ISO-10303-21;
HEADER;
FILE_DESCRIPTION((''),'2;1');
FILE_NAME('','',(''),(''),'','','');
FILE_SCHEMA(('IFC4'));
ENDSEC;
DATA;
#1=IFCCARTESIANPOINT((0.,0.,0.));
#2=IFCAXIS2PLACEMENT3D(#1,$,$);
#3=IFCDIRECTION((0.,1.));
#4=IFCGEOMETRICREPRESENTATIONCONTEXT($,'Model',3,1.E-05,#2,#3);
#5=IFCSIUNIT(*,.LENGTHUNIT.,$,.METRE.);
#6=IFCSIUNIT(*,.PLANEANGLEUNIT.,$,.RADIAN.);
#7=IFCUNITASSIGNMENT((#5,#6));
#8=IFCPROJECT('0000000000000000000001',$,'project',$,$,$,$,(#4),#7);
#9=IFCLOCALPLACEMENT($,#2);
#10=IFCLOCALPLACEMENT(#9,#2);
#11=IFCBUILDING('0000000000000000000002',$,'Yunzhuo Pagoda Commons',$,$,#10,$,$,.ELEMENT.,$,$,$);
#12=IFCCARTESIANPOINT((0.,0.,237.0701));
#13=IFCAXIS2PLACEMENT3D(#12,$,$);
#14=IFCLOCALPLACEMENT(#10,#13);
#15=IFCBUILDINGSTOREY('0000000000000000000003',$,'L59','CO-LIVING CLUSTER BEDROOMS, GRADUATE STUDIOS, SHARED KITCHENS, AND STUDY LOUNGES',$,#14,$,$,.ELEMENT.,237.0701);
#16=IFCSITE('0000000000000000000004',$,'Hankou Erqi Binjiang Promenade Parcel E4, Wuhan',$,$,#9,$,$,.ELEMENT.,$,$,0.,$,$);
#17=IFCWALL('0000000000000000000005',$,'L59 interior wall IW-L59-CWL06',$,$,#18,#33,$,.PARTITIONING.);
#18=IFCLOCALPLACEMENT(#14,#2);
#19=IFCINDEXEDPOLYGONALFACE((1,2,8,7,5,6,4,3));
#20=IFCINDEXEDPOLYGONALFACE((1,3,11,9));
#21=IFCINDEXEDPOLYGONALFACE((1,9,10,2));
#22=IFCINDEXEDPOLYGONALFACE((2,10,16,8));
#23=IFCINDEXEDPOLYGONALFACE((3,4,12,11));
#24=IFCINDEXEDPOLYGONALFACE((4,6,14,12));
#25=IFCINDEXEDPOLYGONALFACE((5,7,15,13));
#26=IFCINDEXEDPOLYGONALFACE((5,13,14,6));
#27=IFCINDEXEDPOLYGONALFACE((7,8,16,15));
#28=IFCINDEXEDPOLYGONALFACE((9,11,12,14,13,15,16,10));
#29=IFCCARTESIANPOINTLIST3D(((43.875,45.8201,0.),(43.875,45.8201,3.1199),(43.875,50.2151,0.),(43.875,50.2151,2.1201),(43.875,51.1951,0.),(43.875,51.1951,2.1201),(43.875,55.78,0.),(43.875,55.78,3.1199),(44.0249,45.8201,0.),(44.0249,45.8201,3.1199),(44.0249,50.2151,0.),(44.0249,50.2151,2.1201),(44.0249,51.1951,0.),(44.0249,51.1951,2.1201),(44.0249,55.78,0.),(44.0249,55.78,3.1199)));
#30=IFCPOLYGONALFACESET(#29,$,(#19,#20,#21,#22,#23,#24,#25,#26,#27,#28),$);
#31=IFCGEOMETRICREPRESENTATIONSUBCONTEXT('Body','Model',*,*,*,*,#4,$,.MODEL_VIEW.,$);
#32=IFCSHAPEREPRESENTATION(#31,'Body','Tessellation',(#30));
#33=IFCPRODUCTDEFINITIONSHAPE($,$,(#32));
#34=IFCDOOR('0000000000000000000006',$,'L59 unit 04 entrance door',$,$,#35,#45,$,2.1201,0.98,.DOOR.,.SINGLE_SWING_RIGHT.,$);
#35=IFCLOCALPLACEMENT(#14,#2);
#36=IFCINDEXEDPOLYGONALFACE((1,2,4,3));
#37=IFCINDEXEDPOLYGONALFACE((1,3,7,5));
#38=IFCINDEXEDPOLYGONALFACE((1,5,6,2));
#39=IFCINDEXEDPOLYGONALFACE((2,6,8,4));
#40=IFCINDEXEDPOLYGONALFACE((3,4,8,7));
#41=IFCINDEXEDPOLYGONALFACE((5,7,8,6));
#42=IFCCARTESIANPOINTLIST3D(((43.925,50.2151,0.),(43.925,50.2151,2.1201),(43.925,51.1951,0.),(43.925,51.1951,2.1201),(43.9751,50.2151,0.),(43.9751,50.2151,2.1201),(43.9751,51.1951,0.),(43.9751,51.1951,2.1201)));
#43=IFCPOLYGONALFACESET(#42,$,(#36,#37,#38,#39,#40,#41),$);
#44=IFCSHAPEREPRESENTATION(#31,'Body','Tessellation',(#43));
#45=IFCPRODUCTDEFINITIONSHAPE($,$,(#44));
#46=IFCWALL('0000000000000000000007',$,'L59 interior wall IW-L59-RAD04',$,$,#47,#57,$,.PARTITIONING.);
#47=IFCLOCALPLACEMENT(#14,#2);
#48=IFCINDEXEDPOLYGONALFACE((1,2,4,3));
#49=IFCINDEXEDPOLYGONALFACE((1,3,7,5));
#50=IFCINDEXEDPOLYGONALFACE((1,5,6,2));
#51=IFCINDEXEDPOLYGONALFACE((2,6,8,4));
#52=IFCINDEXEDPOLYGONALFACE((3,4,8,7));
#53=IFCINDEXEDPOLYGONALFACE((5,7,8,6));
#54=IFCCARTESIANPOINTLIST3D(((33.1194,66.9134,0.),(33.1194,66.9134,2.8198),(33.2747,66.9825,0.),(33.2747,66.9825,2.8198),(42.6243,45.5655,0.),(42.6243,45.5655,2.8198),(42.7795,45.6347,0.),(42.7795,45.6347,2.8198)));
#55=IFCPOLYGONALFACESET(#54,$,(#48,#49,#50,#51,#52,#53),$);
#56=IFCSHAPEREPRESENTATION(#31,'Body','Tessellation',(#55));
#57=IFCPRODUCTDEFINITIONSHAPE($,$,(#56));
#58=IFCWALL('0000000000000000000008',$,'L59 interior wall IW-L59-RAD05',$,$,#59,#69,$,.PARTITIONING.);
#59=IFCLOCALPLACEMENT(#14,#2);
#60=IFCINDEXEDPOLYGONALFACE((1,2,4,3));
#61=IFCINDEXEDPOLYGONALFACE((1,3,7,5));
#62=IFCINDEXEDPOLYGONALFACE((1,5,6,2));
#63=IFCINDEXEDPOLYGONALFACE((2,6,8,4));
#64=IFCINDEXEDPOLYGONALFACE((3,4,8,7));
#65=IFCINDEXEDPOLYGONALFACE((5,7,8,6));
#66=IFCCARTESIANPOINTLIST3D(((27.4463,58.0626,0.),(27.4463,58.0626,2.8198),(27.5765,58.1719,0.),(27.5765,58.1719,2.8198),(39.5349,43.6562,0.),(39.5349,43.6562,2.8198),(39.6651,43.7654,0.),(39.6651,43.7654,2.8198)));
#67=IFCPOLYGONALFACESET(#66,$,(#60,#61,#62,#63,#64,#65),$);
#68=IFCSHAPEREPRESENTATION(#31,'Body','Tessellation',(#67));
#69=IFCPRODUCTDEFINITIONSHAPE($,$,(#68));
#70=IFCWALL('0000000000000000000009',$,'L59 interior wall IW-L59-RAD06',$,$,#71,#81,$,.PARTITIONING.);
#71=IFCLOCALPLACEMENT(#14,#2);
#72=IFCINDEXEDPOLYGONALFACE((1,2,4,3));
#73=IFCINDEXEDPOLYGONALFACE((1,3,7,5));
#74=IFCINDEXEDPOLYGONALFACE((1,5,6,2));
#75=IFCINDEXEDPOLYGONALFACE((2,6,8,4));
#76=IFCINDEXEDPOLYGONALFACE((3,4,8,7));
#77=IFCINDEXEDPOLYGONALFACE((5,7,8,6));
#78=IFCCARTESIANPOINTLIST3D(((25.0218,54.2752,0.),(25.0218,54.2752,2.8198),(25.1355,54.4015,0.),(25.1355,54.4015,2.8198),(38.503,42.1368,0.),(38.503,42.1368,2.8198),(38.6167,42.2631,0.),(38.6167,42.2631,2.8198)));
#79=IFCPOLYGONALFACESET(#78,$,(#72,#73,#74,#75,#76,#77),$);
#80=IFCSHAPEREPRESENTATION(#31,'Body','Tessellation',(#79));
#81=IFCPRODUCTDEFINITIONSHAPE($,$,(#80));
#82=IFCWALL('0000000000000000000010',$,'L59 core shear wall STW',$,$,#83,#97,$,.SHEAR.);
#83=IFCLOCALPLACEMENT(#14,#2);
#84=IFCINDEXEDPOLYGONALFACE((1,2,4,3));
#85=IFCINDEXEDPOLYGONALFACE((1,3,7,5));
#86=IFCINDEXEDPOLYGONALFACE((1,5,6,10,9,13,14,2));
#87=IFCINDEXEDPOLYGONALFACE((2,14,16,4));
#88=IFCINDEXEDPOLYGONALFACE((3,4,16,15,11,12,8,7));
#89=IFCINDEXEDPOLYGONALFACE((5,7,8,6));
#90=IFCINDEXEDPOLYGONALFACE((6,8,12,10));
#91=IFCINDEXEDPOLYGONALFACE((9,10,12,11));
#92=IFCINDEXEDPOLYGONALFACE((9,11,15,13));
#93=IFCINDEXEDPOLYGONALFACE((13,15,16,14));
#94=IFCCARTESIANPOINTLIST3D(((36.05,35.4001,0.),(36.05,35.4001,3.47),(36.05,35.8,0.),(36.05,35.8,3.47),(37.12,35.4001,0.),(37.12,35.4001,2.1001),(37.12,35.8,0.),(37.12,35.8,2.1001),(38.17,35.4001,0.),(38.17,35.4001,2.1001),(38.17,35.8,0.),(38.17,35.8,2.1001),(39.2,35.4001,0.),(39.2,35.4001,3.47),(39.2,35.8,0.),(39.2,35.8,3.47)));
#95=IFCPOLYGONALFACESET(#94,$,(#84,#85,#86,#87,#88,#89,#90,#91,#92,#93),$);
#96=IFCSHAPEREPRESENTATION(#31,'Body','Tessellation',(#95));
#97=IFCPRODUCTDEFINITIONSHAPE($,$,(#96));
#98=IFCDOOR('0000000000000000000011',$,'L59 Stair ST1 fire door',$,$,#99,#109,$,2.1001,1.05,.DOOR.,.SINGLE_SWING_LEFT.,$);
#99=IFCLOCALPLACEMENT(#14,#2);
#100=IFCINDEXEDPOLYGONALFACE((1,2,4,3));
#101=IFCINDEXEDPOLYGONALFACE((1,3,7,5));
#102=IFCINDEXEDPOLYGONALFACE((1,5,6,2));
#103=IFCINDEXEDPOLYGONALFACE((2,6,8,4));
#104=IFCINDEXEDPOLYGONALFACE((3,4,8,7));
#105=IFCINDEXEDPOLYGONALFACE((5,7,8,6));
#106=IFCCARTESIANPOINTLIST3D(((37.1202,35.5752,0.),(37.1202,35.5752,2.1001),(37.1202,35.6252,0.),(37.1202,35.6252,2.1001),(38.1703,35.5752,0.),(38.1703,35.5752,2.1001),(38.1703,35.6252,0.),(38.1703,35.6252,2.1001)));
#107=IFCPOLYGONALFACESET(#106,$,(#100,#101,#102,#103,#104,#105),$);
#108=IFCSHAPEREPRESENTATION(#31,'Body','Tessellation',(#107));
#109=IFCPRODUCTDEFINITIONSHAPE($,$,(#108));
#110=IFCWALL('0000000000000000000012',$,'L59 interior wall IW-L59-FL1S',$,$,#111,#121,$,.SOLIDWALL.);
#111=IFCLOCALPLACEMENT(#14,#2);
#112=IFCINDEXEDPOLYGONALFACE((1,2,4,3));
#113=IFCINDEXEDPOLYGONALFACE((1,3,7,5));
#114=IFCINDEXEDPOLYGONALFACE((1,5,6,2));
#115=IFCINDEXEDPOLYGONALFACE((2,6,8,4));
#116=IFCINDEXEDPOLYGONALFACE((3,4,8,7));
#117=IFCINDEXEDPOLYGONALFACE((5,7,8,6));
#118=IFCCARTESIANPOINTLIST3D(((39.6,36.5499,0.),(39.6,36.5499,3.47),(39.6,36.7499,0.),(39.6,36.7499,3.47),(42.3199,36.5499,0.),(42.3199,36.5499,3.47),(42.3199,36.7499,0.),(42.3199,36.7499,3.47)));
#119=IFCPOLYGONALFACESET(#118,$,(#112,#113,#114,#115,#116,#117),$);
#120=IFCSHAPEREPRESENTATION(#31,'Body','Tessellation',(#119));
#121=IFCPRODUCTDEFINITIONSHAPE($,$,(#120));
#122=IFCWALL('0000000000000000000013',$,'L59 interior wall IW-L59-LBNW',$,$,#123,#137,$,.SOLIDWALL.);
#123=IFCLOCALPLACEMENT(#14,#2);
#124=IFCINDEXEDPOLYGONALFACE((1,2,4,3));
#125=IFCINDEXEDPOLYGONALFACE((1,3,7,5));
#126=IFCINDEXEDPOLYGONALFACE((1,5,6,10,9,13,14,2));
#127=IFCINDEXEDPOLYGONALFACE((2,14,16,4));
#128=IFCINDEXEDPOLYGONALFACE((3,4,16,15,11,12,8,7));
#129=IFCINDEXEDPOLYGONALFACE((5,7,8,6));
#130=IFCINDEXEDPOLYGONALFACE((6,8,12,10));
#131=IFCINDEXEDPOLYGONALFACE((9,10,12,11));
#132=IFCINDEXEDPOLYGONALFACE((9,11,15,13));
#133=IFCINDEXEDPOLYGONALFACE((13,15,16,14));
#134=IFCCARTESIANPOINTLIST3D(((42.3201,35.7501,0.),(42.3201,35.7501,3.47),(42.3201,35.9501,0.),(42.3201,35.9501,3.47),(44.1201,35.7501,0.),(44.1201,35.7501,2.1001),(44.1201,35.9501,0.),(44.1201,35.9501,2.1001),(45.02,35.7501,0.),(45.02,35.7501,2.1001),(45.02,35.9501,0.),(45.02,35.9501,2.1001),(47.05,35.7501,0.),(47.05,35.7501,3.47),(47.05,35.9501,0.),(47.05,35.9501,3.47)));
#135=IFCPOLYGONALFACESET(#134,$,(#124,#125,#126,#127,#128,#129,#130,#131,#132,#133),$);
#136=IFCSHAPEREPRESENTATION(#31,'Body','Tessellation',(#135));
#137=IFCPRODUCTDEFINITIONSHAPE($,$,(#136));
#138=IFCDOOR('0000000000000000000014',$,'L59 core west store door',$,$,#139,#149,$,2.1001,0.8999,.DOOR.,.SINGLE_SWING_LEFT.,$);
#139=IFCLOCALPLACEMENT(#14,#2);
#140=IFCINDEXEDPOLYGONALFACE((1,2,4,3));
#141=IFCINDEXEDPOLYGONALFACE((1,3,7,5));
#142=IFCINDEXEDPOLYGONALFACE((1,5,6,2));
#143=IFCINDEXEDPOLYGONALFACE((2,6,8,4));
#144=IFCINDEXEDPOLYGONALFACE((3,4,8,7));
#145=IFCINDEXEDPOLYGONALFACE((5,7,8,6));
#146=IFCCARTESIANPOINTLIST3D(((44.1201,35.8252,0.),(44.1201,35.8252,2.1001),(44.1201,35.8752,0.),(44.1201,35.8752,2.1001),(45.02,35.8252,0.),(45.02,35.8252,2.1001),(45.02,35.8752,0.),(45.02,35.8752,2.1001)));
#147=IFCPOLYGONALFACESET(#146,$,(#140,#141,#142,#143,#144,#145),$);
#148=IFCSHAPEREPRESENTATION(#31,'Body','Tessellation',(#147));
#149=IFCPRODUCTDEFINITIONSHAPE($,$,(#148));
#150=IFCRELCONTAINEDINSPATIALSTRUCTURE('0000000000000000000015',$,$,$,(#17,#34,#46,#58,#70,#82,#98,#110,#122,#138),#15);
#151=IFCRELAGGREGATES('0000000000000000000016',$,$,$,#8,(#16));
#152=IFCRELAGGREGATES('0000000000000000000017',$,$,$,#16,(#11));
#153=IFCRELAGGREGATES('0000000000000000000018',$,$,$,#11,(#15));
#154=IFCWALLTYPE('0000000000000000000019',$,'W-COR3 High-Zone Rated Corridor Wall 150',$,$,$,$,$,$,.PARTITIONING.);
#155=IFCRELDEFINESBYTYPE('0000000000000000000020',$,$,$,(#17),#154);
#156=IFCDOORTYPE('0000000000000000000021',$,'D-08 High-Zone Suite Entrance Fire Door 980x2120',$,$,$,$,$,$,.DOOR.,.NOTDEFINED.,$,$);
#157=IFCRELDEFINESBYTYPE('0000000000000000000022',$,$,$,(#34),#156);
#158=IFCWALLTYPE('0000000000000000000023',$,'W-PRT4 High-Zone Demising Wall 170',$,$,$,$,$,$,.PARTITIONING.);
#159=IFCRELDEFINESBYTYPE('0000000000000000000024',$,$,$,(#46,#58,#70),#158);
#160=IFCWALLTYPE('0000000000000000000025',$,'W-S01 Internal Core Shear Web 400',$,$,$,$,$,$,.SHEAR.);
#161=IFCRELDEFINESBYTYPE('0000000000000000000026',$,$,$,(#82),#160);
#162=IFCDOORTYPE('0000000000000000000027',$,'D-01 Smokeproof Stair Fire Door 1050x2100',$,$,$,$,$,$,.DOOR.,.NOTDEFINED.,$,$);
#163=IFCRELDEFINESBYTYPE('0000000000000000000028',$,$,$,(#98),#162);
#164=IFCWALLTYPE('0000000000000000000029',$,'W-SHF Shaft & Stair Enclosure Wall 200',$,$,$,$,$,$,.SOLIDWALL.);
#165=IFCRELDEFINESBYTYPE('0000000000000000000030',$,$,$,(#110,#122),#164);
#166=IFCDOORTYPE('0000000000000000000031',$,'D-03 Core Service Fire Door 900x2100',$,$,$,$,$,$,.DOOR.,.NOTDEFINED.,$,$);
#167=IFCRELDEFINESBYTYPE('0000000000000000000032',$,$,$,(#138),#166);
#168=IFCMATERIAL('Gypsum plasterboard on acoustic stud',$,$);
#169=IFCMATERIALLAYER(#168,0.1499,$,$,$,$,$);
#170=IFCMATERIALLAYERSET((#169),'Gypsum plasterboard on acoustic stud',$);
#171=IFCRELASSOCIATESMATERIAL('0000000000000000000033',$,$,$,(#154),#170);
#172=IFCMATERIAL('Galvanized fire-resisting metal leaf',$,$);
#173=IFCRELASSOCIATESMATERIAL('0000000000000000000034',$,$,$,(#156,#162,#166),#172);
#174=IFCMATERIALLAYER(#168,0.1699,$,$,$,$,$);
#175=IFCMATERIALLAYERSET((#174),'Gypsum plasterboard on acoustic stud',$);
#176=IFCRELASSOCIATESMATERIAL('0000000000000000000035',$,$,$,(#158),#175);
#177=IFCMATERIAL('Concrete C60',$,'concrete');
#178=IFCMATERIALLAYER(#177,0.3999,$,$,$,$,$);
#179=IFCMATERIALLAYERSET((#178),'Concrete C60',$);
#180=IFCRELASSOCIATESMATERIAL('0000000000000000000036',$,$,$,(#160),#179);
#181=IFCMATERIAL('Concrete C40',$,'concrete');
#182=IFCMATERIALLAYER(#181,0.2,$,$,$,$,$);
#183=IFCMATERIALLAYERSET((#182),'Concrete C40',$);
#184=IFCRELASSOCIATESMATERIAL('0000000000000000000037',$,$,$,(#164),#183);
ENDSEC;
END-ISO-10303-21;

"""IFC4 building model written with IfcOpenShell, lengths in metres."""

from ifc_helpers import new_model, si_unit, direction, frame, frame_2d, origin, origin_with_axes, place, context, subcontext, project, spatial, rectangle, extrude, source, transform, mapped, material, layer, layer_set, type_object, element, fill, save


model = new_model("IFC4")

# Units and contexts
model_context = context("Model", 3, precision=1e-05, world=origin(), true_north=direction((0.0, 1.0)))
body_context = subcontext(model_context, "Body", "Model", "MODEL_VIEW")
ifc_project = project(units=[si_unit("LENGTHUNIT", "METRE"), si_unit("PLANEANGLEUNIT", "RADIAN")], contexts=[model_context])

# Site, building, storey
site_placement = place(None, origin())
site = spatial("IfcSite", under=ifc_project, at=site_placement, Name="Hankou Erqi Binjiang Promenade Parcel E4, Wuhan", CompositionType="ELEMENT", RefElevation=0.0)
building_placement = place(site_placement, origin())
building = spatial("IfcBuilding", under=site, at=building_placement, Name="Yunzhuo Pagoda Commons", CompositionType="ELEMENT")
storey_placement = place(building_placement, frame((0.0, 0.0, 237.0701)))
storey = spatial("IfcBuildingStorey", under=building, at=storey_placement, Name="L59", Description="CO-LIVING CLUSTER BEDROOMS, GRADUATE STUDIOS, SHARED KITCHENS, AND STUDY LOUNGES", CompositionType="ELEMENT", Elevation=237.0701)

# Shared definitions
ifc_material_1 = material(Name="Gypsum plasterboard on acoustic stud")
ifc_layer_1 = layer(ifc_material_1, 0.1499)
ifc_layer_set_1 = layer_set([ifc_layer_1], Name="Gypsum plasterboard on acoustic stud")
wall_type_1 = type_object("IfcWallType", Name="W-COR3 High-Zone Rated Corridor Wall 150", PredefinedType="PARTITIONING", material=ifc_layer_set_1)

# Wall, opening, door
wall_1_placement = place(storey_placement, frame((43.95, 45.8201, 0.0), z_axis=(0.0, 0.0, 1.0), x_axis=(0.0, 1.0, 0.0)))
wall_1 = element("IfcWall", 1, at=wall_1_placement, inside=storey, type_object=wall_type_1, Name="L59 interior wall IW-L59-CWL06", PredefinedType="PARTITIONING", context=body_context, shape_type="SweptSolid", body=[
    extrude(rectangle(XDim=9.96, YDim=0.1499, at=frame_2d((4.98, 0.0))), origin(), (0.0, 0.0, 1.0), 3.1199),
])
opening_1_placement = place(wall_1_placement, frame((4.395, 0.0, 0.0)))
opening_1 = element("IfcOpeningElement", 2, at=opening_1_placement, cuts=wall_1, PredefinedType="OPENING", context=body_context, shape_type="SweptSolid", body=[
    extrude(rectangle(XDim=0.98, YDim=2.1201, at=frame_2d((0.49, 1.0601))), frame((0.0, 0.085, 0.0), z_axis=(0.0, -1.0, 0.0), x_axis=(1.0, 0.0, 0.0)), (0.0, 0.0, 1.0), 0.1699),
])
ifc_material_2 = material(Name="Galvanized fire-resisting metal leaf")
door_type_1 = type_object("IfcDoorType", Name="D-08 High-Zone Suite Entrance Fire Door 980x2120", OperationType="NOTDEFINED", PredefinedType="DOOR", material=ifc_material_2)
shared_shape_1 = source(origin(), body_context, "Body", "SweptSolid", [
    extrude(rectangle(XDim=0.98, YDim=2.1201, at=frame_2d((0.49, 1.0601))), frame((0.0, 0.0249, 0.0), z_axis=(0.0, -1.0, 0.0), x_axis=(1.0, 0.0, 0.0)), (0.0, 0.0, 1.0), 0.05),
])
door_1_placement = place(opening_1_placement, origin_with_axes())
door_1 = element("IfcDoor", 3, at=door_1_placement, inside=storey, type_object=door_type_1, Name="L59 unit 04 entrance door", OperationType="SINGLE_SWING_RIGHT", OverallHeight=2.1201, OverallWidth=0.98, PredefinedType="DOOR", context=body_context, shape_type="MappedRepresentation", body=[
    mapped(shared_shape_1, transform((0.0, 0.0, 0.0), scale=1.0)),
])
fill(opening_1, door_1)

# Walls
ifc_layer_2 = layer(ifc_material_1, 0.1699)
ifc_layer_set_2 = layer_set([ifc_layer_2], Name="Gypsum plasterboard on acoustic stud")
wall_type_2 = type_object("IfcWallType", Name="W-PRT4 High-Zone Demising Wall 170", PredefinedType="PARTITIONING", material=ifc_layer_set_2)
wall_2_placement = place(storey_placement, frame((42.7019, 45.6001, 0.0), z_axis=(0.0, 0.0, 1.0), x_axis=(-0.406743, 0.913543, 0.0)))
element("IfcWall", 4, at=wall_2_placement, inside=storey, type_object=wall_type_2, Name="L59 interior wall IW-L59-RAD04", PredefinedType="PARTITIONING", context=body_context, shape_type="SweptSolid", body=[
    extrude(rectangle(XDim=23.3682, YDim=0.1699, at=frame_2d((11.6841, 0.0))), origin(), (0.0, 0.0, 1.0), 2.8198),
])
wall_3_placement = place(storey_placement, frame((39.6001, 43.7107, 0.0), z_axis=(0.0, 0.0, 1.0), x_axis=(-0.642792, 0.766041, 0.0)))
element("IfcWall", 5, at=wall_3_placement, inside=storey, type_object=wall_type_2, Name="L59 interior wall IW-L59-RAD05", PredefinedType="PARTITIONING", context=body_context, shape_type="SweptSolid", body=[
    extrude(rectangle(XDim=18.8064, YDim=0.1699, at=frame_2d((9.4033, 0.0))), origin(), (0.0, 0.0, 1.0), 2.8198),
])
wall_4_placement = place(storey_placement, frame((38.5598, 42.2, 0.0), z_axis=(0.0, 0.0, 1.0), x_axis=(-0.743148, 0.669128, 0.0)))
element("IfcWall", 6, at=wall_4_placement, inside=storey, type_object=wall_type_2, Name="L59 interior wall IW-L59-RAD06", PredefinedType="PARTITIONING", context=body_context, shape_type="SweptSolid", body=[
    extrude(rectangle(XDim=18.1406, YDim=0.1699, at=frame_2d((9.0703, 0.0))), origin(), (0.0, 0.0, 1.0), 2.8198),
])

# Wall, opening, door
ifc_material_3 = material(Name="Concrete C60", Category="concrete")
ifc_layer_3 = layer(ifc_material_3, 0.3999)
ifc_layer_set_3 = layer_set([ifc_layer_3], Name="Concrete C60")
wall_type_3 = type_object("IfcWallType", Name="W-S01 Internal Core Shear Web 400", PredefinedType="SHEAR", material=ifc_layer_set_3)
wall_5_placement = place(storey_placement, frame((36.05, 35.6001, 0.0), z_axis=(0.0, 0.0, 1.0), x_axis=(1.0, 0.0, 0.0)))
wall_5 = element("IfcWall", 7, at=wall_5_placement, inside=storey, type_object=wall_type_3, Name="L59 core shear wall STW", PredefinedType="SHEAR", context=body_context, shape_type="SweptSolid", body=[
    extrude(rectangle(XDim=3.1499, YDim=0.3999, at=frame_2d((1.575, 0.0))), origin(), (0.0, 0.0, 1.0), 3.47),
])
opening_2_placement = place(wall_5_placement, frame((1.0701, 0.0, 0.0)))
opening_2 = element("IfcOpeningElement", 8, at=opening_2_placement, cuts=wall_5, PredefinedType="OPENING", context=body_context, shape_type="SweptSolid", body=[
    extrude(rectangle(XDim=1.05, YDim=2.1001, at=frame_2d((0.5249, 1.05))), frame((0.0, 0.21, 0.0), z_axis=(0.0, -1.0, 0.0), x_axis=(1.0, 0.0, 0.0)), (0.0, 0.0, 1.0), 0.4199),
])
door_type_2 = type_object("IfcDoorType", Name="D-01 Smokeproof Stair Fire Door 1050x2100", OperationType="NOTDEFINED", PredefinedType="DOOR", material=ifc_material_2)
shared_shape_2 = source(origin(), body_context, "Body", "SweptSolid", [
    extrude(rectangle(XDim=1.05, YDim=2.1001, at=frame_2d((0.5249, 1.05))), frame((0.0, 0.0249, 0.0), z_axis=(0.0, -1.0, 0.0), x_axis=(1.0, 0.0, 0.0)), (0.0, 0.0, 1.0), 0.05),
])
door_2_placement = place(opening_2_placement, frame((1.05, 0.0, 0.0), z_axis=(0.0, 0.0, 1.0), x_axis=(-1.0, 0.0, 0.0)))
door_2 = element("IfcDoor", 9, at=door_2_placement, inside=storey, type_object=door_type_2, Name="L59 Stair ST1 fire door", OperationType="SINGLE_SWING_LEFT", OverallHeight=2.1001, OverallWidth=1.05, PredefinedType="DOOR", context=body_context, shape_type="MappedRepresentation", body=[
    mapped(shared_shape_2, transform((0.0, 0.0, 0.0), scale=1.0)),
])
fill(opening_2, door_2)

# Wall
ifc_material_4 = material(Name="Concrete C40", Category="concrete")
ifc_layer_4 = layer(ifc_material_4, 0.2)
ifc_layer_set_4 = layer_set([ifc_layer_4], Name="Concrete C40")
wall_type_4 = type_object("IfcWallType", Name="W-SHF Shaft & Stair Enclosure Wall 200", PredefinedType="SOLIDWALL", material=ifc_layer_set_4)
wall_6_placement = place(storey_placement, frame((39.6001, 36.6499, 0.0), z_axis=(0.0, 0.0, 1.0), x_axis=(1.0, 0.0, 0.0)))
element("IfcWall", 10, at=wall_6_placement, inside=storey, type_object=wall_type_4, Name="L59 interior wall IW-L59-FL1S", PredefinedType="SOLIDWALL", context=body_context, shape_type="SweptSolid", body=[
    extrude(rectangle(XDim=2.72, YDim=0.2, at=frame_2d((1.3599, 0.0))), origin(), (0.0, 0.0, 1.0), 3.47),
])

# Wall, opening, door
wall_7_placement = place(storey_placement, frame((42.3201, 35.8501, 0.0), z_axis=(0.0, 0.0, 1.0), x_axis=(1.0, 0.0, 0.0)))
wall_7 = element("IfcWall", 11, at=wall_7_placement, inside=storey, type_object=wall_type_4, Name="L59 interior wall IW-L59-LBNW", PredefinedType="SOLIDWALL", context=body_context, shape_type="SweptSolid", body=[
    extrude(rectangle(XDim=4.73, YDim=0.2, at=frame_2d((2.365, 0.0))), origin(), (0.0, 0.0, 1.0), 3.47),
])
opening_3_placement = place(wall_7_placement, frame((1.8, 0.0, 0.0)))
opening_3 = element("IfcOpeningElement", 12, at=opening_3_placement, cuts=wall_7, PredefinedType="OPENING", context=body_context, shape_type="SweptSolid", body=[
    extrude(rectangle(XDim=0.8999, YDim=2.1001, at=frame_2d((0.45, 1.05))), frame((0.0, 0.1099, 0.0), z_axis=(0.0, -1.0, 0.0), x_axis=(1.0, 0.0, 0.0)), (0.0, 0.0, 1.0), 0.22),
])
door_type_3 = type_object("IfcDoorType", Name="D-03 Core Service Fire Door 900x2100", OperationType="NOTDEFINED", PredefinedType="DOOR", material=ifc_material_2)
shared_shape_3 = source(origin(), body_context, "Body", "SweptSolid", [
    extrude(rectangle(XDim=0.8999, YDim=2.1001, at=frame_2d((0.45, 1.05))), frame((0.0, 0.0249, 0.0), z_axis=(0.0, -1.0, 0.0), x_axis=(1.0, 0.0, 0.0)), (0.0, 0.0, 1.0), 0.05),
])
door_3_placement = place(opening_3_placement, frame((0.8999, 0.0, 0.0), z_axis=(0.0, 0.0, 1.0), x_axis=(-1.0, 0.0, 0.0)))
door_3 = element("IfcDoor", 13, at=door_3_placement, inside=storey, type_object=door_type_3, Name="L59 core west store door", OperationType="SINGLE_SWING_LEFT", OverallHeight=2.1001, OverallWidth=0.8999, PredefinedType="DOOR", context=body_context, shape_type="MappedRepresentation", body=[
    mapped(shared_shape_3, transform((0.0, 0.0, 0.0), scale=1.0)),
])
fill(opening_3, door_3)

save(model, "model.ifc")
